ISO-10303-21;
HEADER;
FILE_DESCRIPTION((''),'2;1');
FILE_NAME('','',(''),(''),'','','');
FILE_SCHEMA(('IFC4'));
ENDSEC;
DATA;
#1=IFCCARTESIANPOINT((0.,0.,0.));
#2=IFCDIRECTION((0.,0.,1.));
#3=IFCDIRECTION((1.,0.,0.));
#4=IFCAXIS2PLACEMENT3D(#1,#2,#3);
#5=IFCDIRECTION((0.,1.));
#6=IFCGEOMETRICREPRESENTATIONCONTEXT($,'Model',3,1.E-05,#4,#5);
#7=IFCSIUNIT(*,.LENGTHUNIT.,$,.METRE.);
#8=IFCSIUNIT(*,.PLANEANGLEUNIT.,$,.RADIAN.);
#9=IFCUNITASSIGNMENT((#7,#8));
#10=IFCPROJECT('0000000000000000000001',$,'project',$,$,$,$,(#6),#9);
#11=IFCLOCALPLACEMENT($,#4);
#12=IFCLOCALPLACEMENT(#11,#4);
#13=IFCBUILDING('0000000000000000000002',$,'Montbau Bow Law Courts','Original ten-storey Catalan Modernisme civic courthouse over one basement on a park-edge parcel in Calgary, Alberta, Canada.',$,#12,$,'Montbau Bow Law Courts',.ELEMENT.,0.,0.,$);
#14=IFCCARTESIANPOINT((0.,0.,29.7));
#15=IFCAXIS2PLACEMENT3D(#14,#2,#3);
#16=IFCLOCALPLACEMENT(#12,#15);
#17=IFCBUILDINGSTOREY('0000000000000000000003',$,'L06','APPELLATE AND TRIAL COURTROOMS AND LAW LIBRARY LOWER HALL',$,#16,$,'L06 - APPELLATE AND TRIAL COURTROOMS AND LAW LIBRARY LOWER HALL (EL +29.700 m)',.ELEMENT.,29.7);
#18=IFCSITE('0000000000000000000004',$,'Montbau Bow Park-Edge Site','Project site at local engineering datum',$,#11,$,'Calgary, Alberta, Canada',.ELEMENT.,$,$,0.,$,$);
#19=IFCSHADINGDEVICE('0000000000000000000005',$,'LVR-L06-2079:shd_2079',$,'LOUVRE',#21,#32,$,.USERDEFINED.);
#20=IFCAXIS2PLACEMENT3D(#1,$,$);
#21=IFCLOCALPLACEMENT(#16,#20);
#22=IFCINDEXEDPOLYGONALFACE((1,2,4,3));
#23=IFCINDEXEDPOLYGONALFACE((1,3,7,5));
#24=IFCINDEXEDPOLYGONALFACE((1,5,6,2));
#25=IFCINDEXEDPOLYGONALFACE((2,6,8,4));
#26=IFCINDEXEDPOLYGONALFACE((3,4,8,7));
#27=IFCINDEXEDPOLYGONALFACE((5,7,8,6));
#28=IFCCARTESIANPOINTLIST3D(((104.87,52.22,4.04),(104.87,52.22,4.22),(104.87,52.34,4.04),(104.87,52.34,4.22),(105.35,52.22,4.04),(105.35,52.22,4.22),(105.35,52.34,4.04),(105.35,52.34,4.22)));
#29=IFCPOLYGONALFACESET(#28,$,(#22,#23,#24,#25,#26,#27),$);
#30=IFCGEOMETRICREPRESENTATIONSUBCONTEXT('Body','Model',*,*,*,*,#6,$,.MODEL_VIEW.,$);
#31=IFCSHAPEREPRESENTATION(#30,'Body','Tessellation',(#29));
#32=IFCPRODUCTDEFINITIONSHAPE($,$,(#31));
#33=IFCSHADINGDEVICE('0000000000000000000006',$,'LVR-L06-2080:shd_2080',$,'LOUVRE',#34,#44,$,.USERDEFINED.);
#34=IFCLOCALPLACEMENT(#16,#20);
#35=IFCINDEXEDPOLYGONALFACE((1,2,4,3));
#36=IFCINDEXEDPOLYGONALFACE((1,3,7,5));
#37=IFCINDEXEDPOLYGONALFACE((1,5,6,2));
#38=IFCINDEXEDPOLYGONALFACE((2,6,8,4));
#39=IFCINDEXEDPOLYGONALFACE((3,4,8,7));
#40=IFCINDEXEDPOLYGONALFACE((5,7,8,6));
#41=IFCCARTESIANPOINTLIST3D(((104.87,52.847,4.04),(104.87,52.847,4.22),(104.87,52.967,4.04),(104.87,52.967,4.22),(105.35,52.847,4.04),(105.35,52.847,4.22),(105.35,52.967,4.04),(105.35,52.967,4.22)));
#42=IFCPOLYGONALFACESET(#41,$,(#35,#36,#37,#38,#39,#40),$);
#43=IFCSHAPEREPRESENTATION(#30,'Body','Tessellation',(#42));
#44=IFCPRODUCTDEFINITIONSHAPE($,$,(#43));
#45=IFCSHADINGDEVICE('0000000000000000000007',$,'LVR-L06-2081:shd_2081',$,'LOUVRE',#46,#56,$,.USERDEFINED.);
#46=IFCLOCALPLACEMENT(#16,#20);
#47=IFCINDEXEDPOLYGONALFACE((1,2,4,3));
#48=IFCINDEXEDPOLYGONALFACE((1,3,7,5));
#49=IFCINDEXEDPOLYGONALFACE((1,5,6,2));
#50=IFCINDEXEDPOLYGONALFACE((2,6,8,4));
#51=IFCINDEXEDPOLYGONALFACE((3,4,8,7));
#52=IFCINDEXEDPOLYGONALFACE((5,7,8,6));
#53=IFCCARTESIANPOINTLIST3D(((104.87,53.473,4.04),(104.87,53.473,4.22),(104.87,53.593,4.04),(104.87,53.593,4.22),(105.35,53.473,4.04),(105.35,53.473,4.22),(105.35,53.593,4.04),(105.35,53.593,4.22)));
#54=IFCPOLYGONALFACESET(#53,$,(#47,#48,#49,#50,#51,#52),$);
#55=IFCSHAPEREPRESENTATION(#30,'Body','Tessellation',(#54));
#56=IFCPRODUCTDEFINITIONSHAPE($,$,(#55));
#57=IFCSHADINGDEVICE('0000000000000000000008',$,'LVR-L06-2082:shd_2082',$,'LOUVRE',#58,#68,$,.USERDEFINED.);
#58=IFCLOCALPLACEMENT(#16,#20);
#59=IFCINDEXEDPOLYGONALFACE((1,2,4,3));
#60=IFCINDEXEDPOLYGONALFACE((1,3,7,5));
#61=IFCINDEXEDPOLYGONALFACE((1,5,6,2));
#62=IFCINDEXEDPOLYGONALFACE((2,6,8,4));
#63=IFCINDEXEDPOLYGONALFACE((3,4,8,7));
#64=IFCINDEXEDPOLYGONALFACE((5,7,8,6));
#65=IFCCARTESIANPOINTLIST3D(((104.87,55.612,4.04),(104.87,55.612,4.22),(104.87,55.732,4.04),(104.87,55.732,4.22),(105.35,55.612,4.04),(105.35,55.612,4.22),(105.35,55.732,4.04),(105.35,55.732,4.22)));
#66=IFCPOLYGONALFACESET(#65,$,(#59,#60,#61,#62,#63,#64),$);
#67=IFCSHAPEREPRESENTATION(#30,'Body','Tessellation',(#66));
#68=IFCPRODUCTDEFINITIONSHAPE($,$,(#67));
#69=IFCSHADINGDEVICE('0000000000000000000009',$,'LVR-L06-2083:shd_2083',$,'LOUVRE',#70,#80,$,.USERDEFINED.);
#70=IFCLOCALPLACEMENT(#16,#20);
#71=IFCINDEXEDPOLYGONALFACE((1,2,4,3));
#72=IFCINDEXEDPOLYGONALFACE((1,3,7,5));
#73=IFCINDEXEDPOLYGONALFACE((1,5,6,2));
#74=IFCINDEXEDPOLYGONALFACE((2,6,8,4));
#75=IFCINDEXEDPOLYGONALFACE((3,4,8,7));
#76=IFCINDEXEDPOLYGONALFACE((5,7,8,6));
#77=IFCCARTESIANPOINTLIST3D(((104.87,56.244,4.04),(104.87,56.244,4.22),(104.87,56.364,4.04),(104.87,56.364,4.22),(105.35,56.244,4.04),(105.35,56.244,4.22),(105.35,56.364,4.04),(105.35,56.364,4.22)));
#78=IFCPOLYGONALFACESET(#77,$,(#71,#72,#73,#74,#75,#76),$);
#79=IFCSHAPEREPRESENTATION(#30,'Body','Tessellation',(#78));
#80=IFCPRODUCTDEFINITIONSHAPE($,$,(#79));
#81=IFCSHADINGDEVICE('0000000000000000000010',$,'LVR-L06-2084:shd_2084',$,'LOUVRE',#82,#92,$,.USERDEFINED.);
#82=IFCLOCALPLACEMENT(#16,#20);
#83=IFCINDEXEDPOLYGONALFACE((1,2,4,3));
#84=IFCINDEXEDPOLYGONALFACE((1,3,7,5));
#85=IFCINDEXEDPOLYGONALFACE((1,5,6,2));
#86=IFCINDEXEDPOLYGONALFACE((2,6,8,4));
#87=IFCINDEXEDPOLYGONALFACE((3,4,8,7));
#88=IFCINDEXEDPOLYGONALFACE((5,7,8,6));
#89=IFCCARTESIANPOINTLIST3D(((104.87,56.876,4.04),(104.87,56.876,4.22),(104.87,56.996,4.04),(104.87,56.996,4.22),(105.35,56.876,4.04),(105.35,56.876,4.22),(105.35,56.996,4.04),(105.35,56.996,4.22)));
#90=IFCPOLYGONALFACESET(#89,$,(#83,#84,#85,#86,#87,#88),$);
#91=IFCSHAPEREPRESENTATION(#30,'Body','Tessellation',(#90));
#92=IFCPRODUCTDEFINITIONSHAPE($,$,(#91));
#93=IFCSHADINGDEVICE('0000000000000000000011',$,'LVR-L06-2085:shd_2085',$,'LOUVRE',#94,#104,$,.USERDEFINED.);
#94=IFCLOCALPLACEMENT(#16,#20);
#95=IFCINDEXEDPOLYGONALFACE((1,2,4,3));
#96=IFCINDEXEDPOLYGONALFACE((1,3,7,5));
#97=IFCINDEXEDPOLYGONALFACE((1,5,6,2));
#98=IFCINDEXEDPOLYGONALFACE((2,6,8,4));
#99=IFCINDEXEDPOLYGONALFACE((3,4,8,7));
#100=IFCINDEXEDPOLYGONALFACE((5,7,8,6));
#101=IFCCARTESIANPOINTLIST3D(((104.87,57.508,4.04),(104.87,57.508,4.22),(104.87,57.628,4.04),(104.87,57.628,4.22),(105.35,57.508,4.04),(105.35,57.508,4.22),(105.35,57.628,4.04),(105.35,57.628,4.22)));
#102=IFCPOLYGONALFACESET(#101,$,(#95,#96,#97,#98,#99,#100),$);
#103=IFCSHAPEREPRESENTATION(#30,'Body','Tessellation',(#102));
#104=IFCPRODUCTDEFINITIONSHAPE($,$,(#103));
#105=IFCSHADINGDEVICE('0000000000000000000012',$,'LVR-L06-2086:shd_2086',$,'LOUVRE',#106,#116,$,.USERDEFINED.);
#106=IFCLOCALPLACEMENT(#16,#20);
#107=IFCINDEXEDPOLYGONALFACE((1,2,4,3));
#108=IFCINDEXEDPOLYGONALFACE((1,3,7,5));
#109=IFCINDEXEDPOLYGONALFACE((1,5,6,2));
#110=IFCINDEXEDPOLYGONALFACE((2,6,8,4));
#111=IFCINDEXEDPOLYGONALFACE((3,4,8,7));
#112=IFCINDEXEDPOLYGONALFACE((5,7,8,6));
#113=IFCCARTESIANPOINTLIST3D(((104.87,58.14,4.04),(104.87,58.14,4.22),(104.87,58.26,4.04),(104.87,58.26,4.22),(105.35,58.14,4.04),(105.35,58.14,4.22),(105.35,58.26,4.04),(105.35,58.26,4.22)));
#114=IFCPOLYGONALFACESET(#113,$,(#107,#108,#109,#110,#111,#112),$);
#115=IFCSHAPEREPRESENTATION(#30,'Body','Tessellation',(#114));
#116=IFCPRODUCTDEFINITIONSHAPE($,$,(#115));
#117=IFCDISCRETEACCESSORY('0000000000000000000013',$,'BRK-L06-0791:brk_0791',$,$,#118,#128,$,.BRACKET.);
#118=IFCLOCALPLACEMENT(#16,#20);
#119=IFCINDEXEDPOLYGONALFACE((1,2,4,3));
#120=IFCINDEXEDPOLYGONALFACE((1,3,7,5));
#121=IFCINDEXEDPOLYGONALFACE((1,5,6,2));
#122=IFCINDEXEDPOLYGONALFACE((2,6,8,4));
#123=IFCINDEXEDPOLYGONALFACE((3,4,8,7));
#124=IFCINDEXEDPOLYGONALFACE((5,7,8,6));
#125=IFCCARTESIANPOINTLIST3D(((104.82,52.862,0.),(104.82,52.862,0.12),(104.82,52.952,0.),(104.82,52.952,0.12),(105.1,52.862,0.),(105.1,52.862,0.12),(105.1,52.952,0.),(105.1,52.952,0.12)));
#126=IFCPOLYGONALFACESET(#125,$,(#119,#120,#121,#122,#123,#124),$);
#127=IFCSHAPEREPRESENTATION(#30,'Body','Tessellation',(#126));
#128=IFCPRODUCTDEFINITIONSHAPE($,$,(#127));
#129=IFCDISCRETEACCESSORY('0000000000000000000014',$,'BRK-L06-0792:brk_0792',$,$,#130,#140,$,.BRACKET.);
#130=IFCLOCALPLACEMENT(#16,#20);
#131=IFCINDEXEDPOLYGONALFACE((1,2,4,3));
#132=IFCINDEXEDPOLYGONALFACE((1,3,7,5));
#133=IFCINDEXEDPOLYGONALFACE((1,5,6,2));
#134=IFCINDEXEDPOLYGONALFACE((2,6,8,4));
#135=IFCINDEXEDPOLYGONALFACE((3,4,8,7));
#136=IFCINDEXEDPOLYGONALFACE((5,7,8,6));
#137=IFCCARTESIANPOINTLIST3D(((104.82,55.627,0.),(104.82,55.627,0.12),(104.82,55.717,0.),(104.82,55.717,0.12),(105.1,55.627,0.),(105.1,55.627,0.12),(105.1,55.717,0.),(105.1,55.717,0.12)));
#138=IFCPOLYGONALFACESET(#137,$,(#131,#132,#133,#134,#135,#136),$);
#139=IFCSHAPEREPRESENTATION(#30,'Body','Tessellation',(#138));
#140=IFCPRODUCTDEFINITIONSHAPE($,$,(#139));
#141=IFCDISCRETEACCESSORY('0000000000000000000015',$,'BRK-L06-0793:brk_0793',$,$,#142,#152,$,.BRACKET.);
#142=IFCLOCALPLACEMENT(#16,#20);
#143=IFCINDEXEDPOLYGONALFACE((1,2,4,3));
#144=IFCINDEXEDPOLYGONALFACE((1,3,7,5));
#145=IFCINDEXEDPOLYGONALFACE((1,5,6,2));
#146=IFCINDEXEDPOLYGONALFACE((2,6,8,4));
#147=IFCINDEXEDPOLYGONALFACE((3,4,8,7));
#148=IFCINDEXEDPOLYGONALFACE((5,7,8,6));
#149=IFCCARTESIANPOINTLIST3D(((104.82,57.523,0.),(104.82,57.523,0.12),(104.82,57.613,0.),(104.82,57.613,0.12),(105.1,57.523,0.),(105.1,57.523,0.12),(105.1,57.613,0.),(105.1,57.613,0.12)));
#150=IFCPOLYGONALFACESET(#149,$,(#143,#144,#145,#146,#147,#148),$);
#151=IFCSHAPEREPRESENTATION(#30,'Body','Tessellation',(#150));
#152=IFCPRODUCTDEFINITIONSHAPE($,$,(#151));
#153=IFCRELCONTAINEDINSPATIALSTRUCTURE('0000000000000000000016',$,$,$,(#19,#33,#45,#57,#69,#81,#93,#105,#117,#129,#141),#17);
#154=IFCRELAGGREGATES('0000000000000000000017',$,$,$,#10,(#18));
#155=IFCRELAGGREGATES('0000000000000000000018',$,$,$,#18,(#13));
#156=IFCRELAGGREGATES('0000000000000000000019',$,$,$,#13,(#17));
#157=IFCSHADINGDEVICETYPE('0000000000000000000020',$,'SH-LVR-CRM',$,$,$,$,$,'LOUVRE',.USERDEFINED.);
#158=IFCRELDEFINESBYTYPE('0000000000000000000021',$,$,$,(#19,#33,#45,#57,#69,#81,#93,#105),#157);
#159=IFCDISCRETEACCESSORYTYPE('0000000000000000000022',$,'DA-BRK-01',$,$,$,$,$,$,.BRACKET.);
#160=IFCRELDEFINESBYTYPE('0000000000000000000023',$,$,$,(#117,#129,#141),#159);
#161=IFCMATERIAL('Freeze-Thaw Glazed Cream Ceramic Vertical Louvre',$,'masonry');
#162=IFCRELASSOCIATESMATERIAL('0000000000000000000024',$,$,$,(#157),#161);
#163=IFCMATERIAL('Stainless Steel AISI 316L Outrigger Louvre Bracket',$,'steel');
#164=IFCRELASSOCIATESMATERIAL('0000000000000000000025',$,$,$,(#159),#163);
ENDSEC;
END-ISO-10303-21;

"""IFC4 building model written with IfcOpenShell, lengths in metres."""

from ifc_helpers import new_model, si_unit, direction, frame, origin_with_axes, origin_2d_with_axis, place, context, subcontext, project, spatial, rectangle, extrude, material, type_object, element, save


model = new_model("IFC4")

# Units and contexts
model_context = context("Model", 3, precision=1e-05, world=origin_with_axes(), true_north=direction((0.0, 1.0)))
body_context = subcontext(model_context, "Body", "Model", "MODEL_VIEW")
ifc_project = project(units=[si_unit("LENGTHUNIT", "METRE"), si_unit("PLANEANGLEUNIT", "RADIAN")], contexts=[model_context])

# Site, building, storey
site_placement = place(None, origin_with_axes())
site = spatial("IfcSite", under=ifc_project, at=site_placement, Name="Montbau Bow Park-Edge Site", Description="Project site at local engineering datum", LongName="Calgary, Alberta, Canada", CompositionType="ELEMENT", RefElevation=0.0)
building_placement = place(site_placement, origin_with_axes())
building = spatial("IfcBuilding", under=site, at=building_placement, Name="Montbau Bow Law Courts", Description="Original ten-storey Catalan Modernisme civic courthouse over one basement on a park-edge parcel in Calgary, Alberta, Canada.", LongName="Montbau Bow Law Courts", CompositionType="ELEMENT", ElevationOfRefHeight=0.0, ElevationOfTerrain=0.0)
storey_placement = place(building_placement, frame((0.0, 0.0, 29.7), z_axis=(0.0, 0.0, 1.0), x_axis=(1.0, 0.0, 0.0)))
storey = spatial("IfcBuildingStorey", under=building, at=storey_placement, Name="L06", Description="APPELLATE AND TRIAL COURTROOMS AND LAW LIBRARY LOWER HALL", LongName="L06 - APPELLATE AND TRIAL COURTROOMS AND LAW LIBRARY LOWER HALL (EL +29.700 m)", CompositionType="ELEMENT", Elevation=29.7)

# Shading devices
ifc_material_1 = material(Name="Freeze-Thaw Glazed Cream Ceramic Vertical Louvre", Category="masonry")
shading_device_type = type_object("IfcShadingDeviceType", Name="SH-LVR-CRM", ElementType="LOUVRE", PredefinedType="USERDEFINED", material=ifc_material_1)
for number, where, z_axis, x_axis, name in (
    (1, (105.11, 52.28, 33.74), (0.0, 0.0, 1.0), (1.0, 0.0, 0.0), "LVR-L06-2079:shd_2079"),
    (2, (105.11, 52.907, 33.74), (0.0, 0.0, 1.0), (1.0, 0.0, 0.0), "LVR-L06-2080:shd_2080"),
    (3, (105.11, 53.533, 33.74), (0.0, 0.0, 1.0), (1.0, 0.0, 0.0), "LVR-L06-2081:shd_2081"),
    (4, (105.11, 55.672, 33.74), (0.0, 0.0, 1.0), (1.0, 0.0, 0.0), "LVR-L06-2082:shd_2082"),
    (5, (105.11, 56.304, 33.74), (0.0, 0.0, 1.0), (1.0, 0.0, 0.0), "LVR-L06-2083:shd_2083"),
    (6, (105.11, 56.936, 33.74), (0.0, 0.0, 1.0), (1.0, 0.0, 0.0), "LVR-L06-2084:shd_2084"),
    (7, (105.11, 57.568, 33.74), (0.0, 0.0, 1.0), (1.0, 0.0, 0.0), "LVR-L06-2085:shd_2085"),
    (8, (105.11, 58.2, 33.74), (0.0, 0.0, 1.0), (1.0, 0.0, 0.0), "LVR-L06-2086:shd_2086"),
):
    element("IfcShadingDevice", number, at=place(None, frame(where, z_axis=z_axis, x_axis=x_axis)), inside=storey, type_object=shading_device_type, Name=name, ObjectType="LOUVRE", PredefinedType="USERDEFINED", context=body_context, shape_type="SweptSolid", body=[
        extrude(rectangle(XDim=0.48, YDim=0.12, at=origin_2d_with_axis()), origin_with_axes(), (0.0, 0.0, 1.0), 0.18),
    ])

# Discrete accessories
ifc_material_2 = material(Name="Stainless Steel AISI 316L Outrigger Louvre Bracket", Category="steel")
discrete_accessory_type = type_object("IfcDiscreteAccessoryType", Name="DA-BRK-01", PredefinedType="BRACKET", material=ifc_material_2)
for number, where, z_axis, x_axis, name in (
    (9, (104.96, 52.907, 29.7), (0.0, 0.0, 1.0), (1.0, 0.0, 0.0), "BRK-L06-0791:brk_0791"),
    (10, (104.96, 55.672, 29.7), (0.0, 0.0, 1.0), (1.0, 0.0, 0.0), "BRK-L06-0792:brk_0792"),
    (11, (104.96, 57.568, 29.7), (0.0, 0.0, 1.0), (1.0, 0.0, 0.0), "BRK-L06-0793:brk_0793"),
):
    element("IfcDiscreteAccessory", number, at=place(None, frame(where, z_axis=z_axis, x_axis=x_axis)), inside=storey, type_object=discrete_accessory_type, Name=name, PredefinedType="BRACKET", context=body_context, shape_type="SweptSolid", body=[
        extrude(rectangle(XDim=0.28, YDim=0.09, at=origin_2d_with_axis()), origin_with_axes(), (0.0, 0.0, 1.0), 0.12),
    ])

save(model, "model.ifc")
